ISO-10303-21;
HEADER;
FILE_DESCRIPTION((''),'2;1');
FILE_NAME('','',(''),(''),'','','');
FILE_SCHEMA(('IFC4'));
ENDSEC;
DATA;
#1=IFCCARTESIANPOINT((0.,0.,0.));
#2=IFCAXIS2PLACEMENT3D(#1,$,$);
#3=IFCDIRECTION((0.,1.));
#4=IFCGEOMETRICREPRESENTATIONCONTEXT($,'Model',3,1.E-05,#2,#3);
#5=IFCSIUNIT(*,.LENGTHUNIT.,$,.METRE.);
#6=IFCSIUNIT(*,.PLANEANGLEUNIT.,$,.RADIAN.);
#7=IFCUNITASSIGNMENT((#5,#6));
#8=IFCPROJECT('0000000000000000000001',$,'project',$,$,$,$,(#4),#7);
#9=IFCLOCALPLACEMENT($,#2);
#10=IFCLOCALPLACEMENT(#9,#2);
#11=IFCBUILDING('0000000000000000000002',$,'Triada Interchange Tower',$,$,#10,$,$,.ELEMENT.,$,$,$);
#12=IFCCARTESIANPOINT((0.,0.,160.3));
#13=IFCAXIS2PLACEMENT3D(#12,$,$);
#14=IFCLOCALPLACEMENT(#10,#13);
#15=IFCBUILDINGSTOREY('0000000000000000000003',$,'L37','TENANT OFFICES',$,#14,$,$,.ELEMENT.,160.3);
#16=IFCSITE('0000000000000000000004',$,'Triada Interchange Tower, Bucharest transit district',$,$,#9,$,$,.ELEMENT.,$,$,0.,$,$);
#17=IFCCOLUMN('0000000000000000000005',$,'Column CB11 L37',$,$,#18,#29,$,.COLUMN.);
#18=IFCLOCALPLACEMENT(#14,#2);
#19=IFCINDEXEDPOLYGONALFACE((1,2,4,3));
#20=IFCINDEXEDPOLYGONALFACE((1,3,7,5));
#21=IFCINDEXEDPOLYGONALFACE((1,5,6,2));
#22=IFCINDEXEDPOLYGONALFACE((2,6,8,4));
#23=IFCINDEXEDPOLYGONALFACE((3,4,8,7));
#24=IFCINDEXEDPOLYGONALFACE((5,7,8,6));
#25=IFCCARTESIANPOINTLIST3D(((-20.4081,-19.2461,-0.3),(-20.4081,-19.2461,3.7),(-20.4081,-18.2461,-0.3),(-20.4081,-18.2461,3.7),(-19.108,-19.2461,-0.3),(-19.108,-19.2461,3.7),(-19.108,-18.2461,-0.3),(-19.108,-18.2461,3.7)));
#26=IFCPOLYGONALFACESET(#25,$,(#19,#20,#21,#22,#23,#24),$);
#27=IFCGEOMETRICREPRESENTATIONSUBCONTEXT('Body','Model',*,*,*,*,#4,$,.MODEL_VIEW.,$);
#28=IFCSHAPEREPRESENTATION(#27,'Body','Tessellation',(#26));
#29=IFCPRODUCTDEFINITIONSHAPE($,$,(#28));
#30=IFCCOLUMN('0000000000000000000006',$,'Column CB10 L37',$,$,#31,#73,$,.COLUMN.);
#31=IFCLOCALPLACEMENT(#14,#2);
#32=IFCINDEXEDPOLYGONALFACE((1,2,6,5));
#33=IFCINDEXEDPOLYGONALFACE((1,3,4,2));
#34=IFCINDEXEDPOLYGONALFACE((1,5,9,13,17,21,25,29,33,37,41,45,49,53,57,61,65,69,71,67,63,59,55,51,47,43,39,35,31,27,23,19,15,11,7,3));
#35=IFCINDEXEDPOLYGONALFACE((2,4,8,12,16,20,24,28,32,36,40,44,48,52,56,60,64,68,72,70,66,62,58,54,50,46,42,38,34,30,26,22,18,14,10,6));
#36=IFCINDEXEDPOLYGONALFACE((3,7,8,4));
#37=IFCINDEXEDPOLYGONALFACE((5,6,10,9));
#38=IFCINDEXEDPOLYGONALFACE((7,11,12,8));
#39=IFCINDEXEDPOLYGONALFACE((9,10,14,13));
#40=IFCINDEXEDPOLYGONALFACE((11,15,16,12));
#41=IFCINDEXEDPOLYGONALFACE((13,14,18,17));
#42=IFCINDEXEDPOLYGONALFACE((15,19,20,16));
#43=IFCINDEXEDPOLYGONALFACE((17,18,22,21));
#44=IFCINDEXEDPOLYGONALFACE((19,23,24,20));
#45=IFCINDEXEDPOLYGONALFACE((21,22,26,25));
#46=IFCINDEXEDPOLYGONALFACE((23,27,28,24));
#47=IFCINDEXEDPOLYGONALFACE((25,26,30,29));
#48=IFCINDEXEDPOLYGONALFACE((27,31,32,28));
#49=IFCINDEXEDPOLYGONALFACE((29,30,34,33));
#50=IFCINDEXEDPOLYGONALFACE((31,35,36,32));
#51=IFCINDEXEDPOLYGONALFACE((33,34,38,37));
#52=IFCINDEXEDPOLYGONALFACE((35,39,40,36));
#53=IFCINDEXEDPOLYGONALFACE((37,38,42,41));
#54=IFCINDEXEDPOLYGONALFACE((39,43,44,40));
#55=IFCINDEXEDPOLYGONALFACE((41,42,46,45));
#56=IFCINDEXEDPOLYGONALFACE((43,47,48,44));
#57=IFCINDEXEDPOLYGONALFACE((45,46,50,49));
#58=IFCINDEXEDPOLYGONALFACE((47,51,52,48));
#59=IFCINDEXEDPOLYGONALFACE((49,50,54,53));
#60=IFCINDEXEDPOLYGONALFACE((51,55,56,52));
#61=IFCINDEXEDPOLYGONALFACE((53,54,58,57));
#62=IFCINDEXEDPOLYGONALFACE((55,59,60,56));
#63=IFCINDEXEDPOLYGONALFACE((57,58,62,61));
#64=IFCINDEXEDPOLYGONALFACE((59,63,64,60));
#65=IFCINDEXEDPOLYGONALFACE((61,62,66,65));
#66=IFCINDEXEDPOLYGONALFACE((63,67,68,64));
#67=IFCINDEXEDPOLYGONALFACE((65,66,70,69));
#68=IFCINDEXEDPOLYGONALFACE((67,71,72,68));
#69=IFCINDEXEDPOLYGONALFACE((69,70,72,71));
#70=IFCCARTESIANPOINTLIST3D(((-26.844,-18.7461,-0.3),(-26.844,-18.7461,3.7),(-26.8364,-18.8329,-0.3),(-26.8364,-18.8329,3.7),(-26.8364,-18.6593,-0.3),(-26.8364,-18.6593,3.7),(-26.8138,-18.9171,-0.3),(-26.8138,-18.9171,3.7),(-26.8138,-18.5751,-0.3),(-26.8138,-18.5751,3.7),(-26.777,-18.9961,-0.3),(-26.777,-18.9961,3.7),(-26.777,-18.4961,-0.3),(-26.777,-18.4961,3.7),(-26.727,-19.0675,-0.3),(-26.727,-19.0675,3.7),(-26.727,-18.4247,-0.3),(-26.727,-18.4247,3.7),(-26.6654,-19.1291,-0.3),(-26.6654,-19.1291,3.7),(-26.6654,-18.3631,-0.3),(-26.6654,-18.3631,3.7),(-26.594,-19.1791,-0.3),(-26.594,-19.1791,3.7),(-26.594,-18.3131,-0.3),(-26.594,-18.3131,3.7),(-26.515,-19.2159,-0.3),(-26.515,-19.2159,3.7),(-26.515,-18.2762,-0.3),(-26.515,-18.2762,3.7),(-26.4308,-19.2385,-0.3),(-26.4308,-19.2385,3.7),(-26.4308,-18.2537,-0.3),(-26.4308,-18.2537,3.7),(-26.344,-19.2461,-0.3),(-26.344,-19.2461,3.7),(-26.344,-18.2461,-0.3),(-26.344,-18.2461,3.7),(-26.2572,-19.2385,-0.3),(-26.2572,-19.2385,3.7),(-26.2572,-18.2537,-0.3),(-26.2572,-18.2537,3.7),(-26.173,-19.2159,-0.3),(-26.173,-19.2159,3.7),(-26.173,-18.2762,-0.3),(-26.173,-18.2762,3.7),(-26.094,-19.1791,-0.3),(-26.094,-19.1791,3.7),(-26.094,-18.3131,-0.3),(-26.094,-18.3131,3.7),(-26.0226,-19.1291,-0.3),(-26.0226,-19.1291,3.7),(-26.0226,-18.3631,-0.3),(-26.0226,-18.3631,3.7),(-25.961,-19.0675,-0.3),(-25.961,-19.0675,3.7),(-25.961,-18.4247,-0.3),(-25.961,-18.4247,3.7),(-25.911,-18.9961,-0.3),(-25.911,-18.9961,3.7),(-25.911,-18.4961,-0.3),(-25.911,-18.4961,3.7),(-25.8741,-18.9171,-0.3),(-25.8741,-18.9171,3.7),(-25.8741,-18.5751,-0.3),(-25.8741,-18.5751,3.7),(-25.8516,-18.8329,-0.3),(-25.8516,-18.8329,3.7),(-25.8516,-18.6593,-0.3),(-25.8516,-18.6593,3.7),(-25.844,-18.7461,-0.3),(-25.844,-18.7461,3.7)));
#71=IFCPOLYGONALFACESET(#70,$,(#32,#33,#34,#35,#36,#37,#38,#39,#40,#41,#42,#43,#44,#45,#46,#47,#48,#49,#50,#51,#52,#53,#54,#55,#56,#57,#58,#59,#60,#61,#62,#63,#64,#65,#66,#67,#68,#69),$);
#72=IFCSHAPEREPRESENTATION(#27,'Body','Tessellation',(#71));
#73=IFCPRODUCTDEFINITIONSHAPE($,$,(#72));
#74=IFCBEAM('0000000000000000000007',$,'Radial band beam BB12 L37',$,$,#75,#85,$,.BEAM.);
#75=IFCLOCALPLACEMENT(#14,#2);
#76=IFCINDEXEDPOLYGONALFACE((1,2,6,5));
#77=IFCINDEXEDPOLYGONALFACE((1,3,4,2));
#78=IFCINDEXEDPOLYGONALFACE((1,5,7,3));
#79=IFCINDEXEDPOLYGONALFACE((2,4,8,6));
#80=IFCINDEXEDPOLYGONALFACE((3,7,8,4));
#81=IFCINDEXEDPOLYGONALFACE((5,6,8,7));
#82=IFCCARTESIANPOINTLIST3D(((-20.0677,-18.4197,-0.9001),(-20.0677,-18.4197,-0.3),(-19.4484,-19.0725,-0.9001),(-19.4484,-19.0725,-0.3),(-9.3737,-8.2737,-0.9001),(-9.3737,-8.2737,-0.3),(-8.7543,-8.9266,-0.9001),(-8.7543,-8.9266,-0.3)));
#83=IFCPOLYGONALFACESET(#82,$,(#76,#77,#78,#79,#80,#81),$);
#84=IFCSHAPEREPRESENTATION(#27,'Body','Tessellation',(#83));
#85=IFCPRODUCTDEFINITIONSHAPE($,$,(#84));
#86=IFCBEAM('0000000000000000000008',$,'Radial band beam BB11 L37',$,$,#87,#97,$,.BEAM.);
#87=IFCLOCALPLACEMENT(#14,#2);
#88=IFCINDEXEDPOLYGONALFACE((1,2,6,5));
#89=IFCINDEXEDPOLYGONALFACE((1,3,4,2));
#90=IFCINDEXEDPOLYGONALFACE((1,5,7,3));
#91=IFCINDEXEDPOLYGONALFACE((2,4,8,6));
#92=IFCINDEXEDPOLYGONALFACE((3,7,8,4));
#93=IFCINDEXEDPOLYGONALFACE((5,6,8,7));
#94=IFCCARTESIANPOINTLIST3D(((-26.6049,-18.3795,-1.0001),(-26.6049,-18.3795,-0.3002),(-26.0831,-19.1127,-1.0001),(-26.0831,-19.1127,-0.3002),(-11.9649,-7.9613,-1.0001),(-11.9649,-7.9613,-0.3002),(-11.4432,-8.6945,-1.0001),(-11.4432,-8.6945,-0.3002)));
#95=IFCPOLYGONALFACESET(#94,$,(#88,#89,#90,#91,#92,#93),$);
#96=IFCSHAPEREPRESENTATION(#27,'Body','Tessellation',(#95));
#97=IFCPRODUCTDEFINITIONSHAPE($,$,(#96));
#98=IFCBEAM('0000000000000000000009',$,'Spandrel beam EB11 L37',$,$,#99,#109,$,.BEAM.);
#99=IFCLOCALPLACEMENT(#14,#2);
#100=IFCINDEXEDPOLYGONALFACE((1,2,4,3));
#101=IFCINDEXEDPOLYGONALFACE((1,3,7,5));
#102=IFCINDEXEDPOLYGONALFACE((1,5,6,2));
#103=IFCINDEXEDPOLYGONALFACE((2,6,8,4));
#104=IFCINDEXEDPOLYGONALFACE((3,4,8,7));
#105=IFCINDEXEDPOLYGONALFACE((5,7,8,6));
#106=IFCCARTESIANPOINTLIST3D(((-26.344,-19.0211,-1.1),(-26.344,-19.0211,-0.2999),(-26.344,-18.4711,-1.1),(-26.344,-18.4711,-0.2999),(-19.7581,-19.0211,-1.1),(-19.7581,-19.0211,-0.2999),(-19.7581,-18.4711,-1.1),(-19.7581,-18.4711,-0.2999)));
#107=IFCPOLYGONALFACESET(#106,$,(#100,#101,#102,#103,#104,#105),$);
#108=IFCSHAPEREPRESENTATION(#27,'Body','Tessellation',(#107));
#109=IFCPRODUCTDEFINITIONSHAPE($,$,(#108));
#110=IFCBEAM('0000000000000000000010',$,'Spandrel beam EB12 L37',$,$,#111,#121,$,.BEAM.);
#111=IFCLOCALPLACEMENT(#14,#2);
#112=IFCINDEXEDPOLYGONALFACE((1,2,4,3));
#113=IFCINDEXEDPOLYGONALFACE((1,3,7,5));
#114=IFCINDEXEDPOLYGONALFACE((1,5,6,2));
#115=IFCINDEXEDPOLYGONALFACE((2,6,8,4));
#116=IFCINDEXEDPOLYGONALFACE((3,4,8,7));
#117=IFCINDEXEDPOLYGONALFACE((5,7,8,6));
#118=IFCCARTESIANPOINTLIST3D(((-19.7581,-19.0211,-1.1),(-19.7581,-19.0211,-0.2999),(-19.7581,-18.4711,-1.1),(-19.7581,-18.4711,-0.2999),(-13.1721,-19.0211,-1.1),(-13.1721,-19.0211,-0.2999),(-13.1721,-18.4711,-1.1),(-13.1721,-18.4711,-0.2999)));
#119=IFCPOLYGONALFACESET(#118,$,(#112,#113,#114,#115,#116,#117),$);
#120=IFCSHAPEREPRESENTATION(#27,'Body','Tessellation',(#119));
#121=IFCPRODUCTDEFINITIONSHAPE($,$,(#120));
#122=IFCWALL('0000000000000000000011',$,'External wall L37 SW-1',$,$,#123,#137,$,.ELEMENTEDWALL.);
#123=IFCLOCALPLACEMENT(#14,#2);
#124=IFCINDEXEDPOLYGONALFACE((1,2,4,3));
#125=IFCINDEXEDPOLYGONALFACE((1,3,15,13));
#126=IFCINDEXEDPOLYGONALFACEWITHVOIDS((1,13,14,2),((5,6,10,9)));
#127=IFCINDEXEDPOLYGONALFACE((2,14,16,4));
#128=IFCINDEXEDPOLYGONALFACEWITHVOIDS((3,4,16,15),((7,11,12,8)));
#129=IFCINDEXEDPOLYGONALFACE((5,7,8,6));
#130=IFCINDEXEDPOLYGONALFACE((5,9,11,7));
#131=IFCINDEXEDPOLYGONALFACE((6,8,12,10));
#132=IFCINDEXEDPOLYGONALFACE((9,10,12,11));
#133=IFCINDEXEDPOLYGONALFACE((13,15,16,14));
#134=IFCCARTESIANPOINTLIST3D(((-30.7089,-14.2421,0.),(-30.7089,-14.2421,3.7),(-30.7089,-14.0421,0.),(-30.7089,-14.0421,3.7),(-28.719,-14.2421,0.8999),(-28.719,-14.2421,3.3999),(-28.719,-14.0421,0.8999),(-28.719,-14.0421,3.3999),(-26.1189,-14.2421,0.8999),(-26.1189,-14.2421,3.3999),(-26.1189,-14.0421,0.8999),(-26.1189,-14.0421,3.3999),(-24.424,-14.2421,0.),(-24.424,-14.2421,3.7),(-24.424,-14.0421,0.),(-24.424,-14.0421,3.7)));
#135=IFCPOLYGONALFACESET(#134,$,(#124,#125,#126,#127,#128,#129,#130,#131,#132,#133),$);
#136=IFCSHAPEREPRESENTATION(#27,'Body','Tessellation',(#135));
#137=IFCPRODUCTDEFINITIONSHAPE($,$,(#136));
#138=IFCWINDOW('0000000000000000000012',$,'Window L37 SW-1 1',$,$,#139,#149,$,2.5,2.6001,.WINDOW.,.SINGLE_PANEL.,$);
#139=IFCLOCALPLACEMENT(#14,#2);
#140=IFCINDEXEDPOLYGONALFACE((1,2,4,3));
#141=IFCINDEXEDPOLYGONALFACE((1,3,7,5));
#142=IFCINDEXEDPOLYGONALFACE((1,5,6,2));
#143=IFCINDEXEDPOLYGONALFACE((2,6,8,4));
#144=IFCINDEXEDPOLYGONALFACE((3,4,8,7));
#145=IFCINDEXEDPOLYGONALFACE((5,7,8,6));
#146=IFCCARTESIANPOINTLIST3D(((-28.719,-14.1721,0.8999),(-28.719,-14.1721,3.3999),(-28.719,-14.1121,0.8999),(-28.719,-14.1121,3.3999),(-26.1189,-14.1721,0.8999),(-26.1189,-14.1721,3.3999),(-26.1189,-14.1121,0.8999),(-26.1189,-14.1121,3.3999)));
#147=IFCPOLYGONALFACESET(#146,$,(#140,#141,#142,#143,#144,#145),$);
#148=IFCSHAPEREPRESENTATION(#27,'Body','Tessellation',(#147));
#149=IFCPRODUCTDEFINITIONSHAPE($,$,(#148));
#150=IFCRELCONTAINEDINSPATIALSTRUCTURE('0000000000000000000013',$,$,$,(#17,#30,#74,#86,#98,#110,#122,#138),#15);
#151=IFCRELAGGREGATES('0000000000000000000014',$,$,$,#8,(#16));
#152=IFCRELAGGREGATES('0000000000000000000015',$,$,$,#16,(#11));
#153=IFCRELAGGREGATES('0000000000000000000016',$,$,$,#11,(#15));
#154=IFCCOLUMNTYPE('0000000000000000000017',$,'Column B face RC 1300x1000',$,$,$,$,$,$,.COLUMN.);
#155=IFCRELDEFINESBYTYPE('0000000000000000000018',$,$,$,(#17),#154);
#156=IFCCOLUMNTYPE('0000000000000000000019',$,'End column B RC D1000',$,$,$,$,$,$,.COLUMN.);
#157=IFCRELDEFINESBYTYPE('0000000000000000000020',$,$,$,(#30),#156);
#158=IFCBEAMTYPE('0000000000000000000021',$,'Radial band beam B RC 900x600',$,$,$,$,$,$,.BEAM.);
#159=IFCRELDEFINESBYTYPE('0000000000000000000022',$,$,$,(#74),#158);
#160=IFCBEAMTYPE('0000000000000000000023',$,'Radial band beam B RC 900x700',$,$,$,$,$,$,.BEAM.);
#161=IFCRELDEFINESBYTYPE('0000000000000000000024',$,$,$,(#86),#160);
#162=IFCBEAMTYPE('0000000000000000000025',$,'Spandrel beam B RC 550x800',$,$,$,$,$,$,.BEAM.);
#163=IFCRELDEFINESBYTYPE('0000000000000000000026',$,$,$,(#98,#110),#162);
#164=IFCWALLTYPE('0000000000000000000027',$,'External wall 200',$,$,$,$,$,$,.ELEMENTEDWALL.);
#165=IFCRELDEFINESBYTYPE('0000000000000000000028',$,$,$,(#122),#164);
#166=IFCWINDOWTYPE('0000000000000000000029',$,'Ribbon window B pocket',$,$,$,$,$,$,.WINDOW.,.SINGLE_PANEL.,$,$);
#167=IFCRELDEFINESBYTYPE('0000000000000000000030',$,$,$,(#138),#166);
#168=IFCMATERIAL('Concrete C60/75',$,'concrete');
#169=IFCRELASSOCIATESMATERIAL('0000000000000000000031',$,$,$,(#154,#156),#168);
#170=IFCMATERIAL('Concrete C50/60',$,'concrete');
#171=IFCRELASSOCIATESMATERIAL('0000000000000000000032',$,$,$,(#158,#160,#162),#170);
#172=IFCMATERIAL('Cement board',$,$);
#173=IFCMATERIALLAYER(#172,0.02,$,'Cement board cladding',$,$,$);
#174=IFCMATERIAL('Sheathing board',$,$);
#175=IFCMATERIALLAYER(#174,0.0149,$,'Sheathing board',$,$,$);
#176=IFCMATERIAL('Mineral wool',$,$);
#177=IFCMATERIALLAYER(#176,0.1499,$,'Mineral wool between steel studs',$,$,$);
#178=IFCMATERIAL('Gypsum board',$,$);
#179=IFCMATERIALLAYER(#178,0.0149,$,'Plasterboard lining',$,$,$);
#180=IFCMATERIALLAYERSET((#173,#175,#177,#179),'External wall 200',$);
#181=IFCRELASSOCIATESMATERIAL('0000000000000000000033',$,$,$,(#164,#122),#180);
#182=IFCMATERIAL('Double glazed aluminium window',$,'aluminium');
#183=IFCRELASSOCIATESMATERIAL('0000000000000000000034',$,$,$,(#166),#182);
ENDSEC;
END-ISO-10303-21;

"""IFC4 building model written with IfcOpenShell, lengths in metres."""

from ifc_helpers import new_model, si_unit, direction, frame, frame_2d, origin, origin_2d, place, context, subcontext, project, spatial, rectangle, circle, extrude, material, layer, layer_set, layer_usage, material_profile, profile_set, type_object, element, fill, save


model = new_model("IFC4")

# Units and contexts
model_context = context("Model", 3, precision=1e-05, world=origin(), true_north=direction((0.0, 1.0)))
body_context = subcontext(model_context, "Body", "Model", "MODEL_VIEW")
ifc_project = project(units=[si_unit("LENGTHUNIT", "METRE"), si_unit("PLANEANGLEUNIT", "RADIAN")], contexts=[model_context])

# Site, building, storey
site_placement = place(None, origin())
site = spatial("IfcSite", under=ifc_project, at=site_placement, Name="Triada Interchange Tower, Bucharest transit district", CompositionType="ELEMENT", RefElevation=0.0)
building_placement = place(site_placement, origin())
building = spatial("IfcBuilding", under=site, at=building_placement, Name="Triada Interchange Tower", CompositionType="ELEMENT")
storey_placement = place(building_placement, frame((0.0, 0.0, 160.3)))
storey = spatial("IfcBuildingStorey", under=building, at=storey_placement, Name="L37", Description="TENANT OFFICES", CompositionType="ELEMENT", Elevation=160.3)

# Columns
ifc_material_1 = material(Name="Concrete C60/75", Category="concrete")
ifc_material_profile_1 = material_profile(ifc_material_1, rectangle(XDim=1.3, YDim=1.0, at=origin_2d()), Name="RC 1300x1000")
ifc_profile_set_1 = profile_set([ifc_material_profile_1], Name="Concrete C60/75")
column_type_1 = type_object("IfcColumnType", Name="Column B face RC 1300x1000", PredefinedType="COLUMN", material=ifc_profile_set_1)
column_1_placement = place(storey_placement, frame((-19.7581, -18.7461, -0.3), z_axis=(0.0, 0.0, 1.0), x_axis=(1.0, 0.0, 0.0)))
element("IfcColumn", 1, at=column_1_placement, inside=storey, type_object=column_type_1, Name="Column CB11 L37", PredefinedType="COLUMN", context=body_context, shape_type="SweptSolid", body=[
    extrude(rectangle(XDim=1.3, YDim=1.0, at=origin_2d()), origin(), (0.0, 0.0, 1.0), 4.0),
])
ifc_material_profile_2 = material_profile(ifc_material_1, circle(Radius=0.5, at=origin_2d()), Name="RC D1000")
ifc_profile_set_2 = profile_set([ifc_material_profile_2], Name="Concrete C60/75")
column_type_2 = type_object("IfcColumnType", Name="End column B RC D1000", PredefinedType="COLUMN", material=ifc_profile_set_2)
column_2_placement = place(storey_placement, frame((-26.344, -18.7461, -0.3), z_axis=(0.0, 0.0, 1.0), x_axis=(1.0, 0.0, 0.0)))
element("IfcColumn", 2, at=column_2_placement, inside=storey, type_object=column_type_2, Name="Column CB10 L37", PredefinedType="COLUMN", context=body_context, shape_type="SweptSolid", body=[
    extrude(circle(Radius=0.5, at=origin_2d()), origin(), (0.0, 0.0, 1.0), 4.0),
])

# Beams
ifc_material_2 = material(Name="Concrete C50/60", Category="concrete")
ifc_material_profile_3 = material_profile(ifc_material_2, rectangle(XDim=0.8999, YDim=0.6001, at=origin_2d()), Name="RC 900x600")
ifc_profile_set_3 = profile_set([ifc_material_profile_3], Name="Concrete C50/60")
beam_type_1 = type_object("IfcBeamType", Name="Radial band beam B RC 900x600", PredefinedType="BEAM", material=ifc_profile_set_3)
beam_1_placement = place(storey_placement, frame((-19.7581, -18.7461, -0.6001), z_axis=(0.725453, 0.688272, 0.0), x_axis=(-0.688272, 0.725453, 0.0)))
element("IfcBeam", 3, at=beam_1_placement, inside=storey, type_object=beam_type_1, Name="Radial band beam BB12 L37", PredefinedType="BEAM", context=body_context, shape_type="SweptSolid", body=[
    extrude(rectangle(XDim=0.8999, YDim=0.6001, at=origin_2d()), origin(), (0.0, 0.0, 1.0), 14.7412),
])
ifc_material_profile_4 = material_profile(ifc_material_2, rectangle(XDim=0.8999, YDim=0.7, at=origin_2d()), Name="RC 900x700")
ifc_profile_set_4 = profile_set([ifc_material_profile_4], Name="Concrete C50/60")
beam_type_2 = type_object("IfcBeamType", Name="Radial band beam B RC 900x700", PredefinedType="BEAM", material=ifc_profile_set_4)
beam_2_placement = place(storey_placement, frame((-26.344, -18.7461, -0.6501), z_axis=(0.814755, 0.579805, 0.0), x_axis=(-0.579805, 0.814755, 0.0)))
element("IfcBeam", 4, at=beam_2_placement, inside=storey, type_object=beam_type_2, Name="Radial band beam BB11 L37", PredefinedType="BEAM", context=body_context, shape_type="SweptSolid", body=[
    extrude(rectangle(XDim=0.8999, YDim=0.7, at=origin_2d()), origin(), (0.0, 0.0, 1.0), 17.9685),
])
ifc_material_profile_5 = material_profile(ifc_material_2, rectangle(XDim=0.55, YDim=0.8, at=origin_2d()), Name="RC 550x800")
ifc_profile_set_5 = profile_set([ifc_material_profile_5], Name="Concrete C50/60")
beam_type_3 = type_object("IfcBeamType", Name="Spandrel beam B RC 550x800", PredefinedType="BEAM", material=ifc_profile_set_5)
for number, where, z_axis, x_axis, name in (
    (5, (-26.344, -18.7461, -0.7), (1.0, 0.0, 0.0), (0.0, 1.0, 0.0), "Spandrel beam EB11 L37"),
    (6, (-19.7581, -18.7461, -0.7), (1.0, 0.0, 0.0), (0.0, 1.0, 0.0), "Spandrel beam EB12 L37"),
):
    element("IfcBeam", number, at=place(storey_placement, frame(where, z_axis=z_axis, x_axis=x_axis)), inside=storey, type_object=beam_type_3, Name=name, PredefinedType="BEAM", context=body_context, shape_type="SweptSolid", body=[
        extrude(rectangle(XDim=0.55, YDim=0.8, at=origin_2d()), origin(), (0.0, 0.0, 1.0), 6.5859),
    ])

# Wall, opening, window
ifc_material_3 = material(Name="Cement board")
ifc_layer_1 = layer(ifc_material_3, 0.02, Name="Cement board cladding")
ifc_material_4 = material(Name="Sheathing board")
ifc_layer_2 = layer(ifc_material_4, 0.0149, Name="Sheathing board")
ifc_material_5 = material(Name="Mineral wool")
ifc_layer_3 = layer(ifc_material_5, 0.1499, Name="Mineral wool between steel studs")
ifc_material_6 = material(Name="Gypsum board")
ifc_layer_4 = layer(ifc_material_6, 0.0149, Name="Plasterboard lining")
ifc_layer_set_1 = layer_set([ifc_layer_1, ifc_layer_2, ifc_layer_3, ifc_layer_4], Name="External wall 200")
ifc_layer_usage = layer_usage(ifc_layer_set_1, "AXIS2", "POSITIVE", -0.1001)
wall_type_1 = type_object("IfcWallType", Name="External wall 200", PredefinedType="ELEMENTEDWALL", material=ifc_layer_set_1)
wall_1_placement = place(storey_placement, frame((-30.709, -14.1421, 0.0), z_axis=(0.0, 0.0, 1.0), x_axis=(1.0, 0.0, 0.0)))
wall_1 = element("IfcWall", 7, at=wall_1_placement, inside=storey, type_object=wall_type_1, material=ifc_layer_usage, Name="External wall L37 SW-1", PredefinedType="ELEMENTEDWALL", context=body_context, shape_type="SweptSolid", body=[
    extrude(rectangle(XDim=6.2849, YDim=0.2, at=frame_2d((3.1426, 0.0))), origin(), (0.0, 0.0, 1.0), 3.7),
])
opening_1_placement = place(wall_1_placement, frame((1.99, 0.0, 0.8999)))
opening_1 = element("IfcOpeningElement", 8, at=opening_1_placement, cuts=wall_1, PredefinedType="OPENING", context=body_context, shape_type="SweptSolid", body=[
    extrude(rectangle(XDim=2.6001, YDim=2.5, at=frame_2d((1.3, 1.25))), frame((0.0, 0.1099, 0.0), z_axis=(0.0, -1.0, 0.0), x_axis=(1.0, 0.0, 0.0)), (0.0, 0.0, 1.0), 0.22),
])
ifc_material_7 = material(Name="Double glazed aluminium window", Category="aluminium")
window_type_1 = type_object("IfcWindowType", Name="Ribbon window B pocket", PartitioningType="SINGLE_PANEL", PredefinedType="WINDOW", material=ifc_material_7)
window_1_placement = place(opening_1_placement, origin())
window_1 = element("IfcWindow", 9, at=window_1_placement, inside=storey, type_object=window_type_1, Name="Window L37 SW-1 1", OverallHeight=2.5, OverallWidth=2.6001, PartitioningType="SINGLE_PANEL", PredefinedType="WINDOW", context=body_context, shape_type="SweptSolid", body=[
    extrude(rectangle(XDim=2.6001, YDim=2.5, at=frame_2d((1.3, 1.25))), frame((0.0, 0.03, 0.0), z_axis=(0.0, -1.0, 0.0), x_axis=(1.0, 0.0, 0.0)), (0.0, 0.0, 1.0), 0.0601),
])
fill(opening_1, window_1)

save(model, "model.ifc")
